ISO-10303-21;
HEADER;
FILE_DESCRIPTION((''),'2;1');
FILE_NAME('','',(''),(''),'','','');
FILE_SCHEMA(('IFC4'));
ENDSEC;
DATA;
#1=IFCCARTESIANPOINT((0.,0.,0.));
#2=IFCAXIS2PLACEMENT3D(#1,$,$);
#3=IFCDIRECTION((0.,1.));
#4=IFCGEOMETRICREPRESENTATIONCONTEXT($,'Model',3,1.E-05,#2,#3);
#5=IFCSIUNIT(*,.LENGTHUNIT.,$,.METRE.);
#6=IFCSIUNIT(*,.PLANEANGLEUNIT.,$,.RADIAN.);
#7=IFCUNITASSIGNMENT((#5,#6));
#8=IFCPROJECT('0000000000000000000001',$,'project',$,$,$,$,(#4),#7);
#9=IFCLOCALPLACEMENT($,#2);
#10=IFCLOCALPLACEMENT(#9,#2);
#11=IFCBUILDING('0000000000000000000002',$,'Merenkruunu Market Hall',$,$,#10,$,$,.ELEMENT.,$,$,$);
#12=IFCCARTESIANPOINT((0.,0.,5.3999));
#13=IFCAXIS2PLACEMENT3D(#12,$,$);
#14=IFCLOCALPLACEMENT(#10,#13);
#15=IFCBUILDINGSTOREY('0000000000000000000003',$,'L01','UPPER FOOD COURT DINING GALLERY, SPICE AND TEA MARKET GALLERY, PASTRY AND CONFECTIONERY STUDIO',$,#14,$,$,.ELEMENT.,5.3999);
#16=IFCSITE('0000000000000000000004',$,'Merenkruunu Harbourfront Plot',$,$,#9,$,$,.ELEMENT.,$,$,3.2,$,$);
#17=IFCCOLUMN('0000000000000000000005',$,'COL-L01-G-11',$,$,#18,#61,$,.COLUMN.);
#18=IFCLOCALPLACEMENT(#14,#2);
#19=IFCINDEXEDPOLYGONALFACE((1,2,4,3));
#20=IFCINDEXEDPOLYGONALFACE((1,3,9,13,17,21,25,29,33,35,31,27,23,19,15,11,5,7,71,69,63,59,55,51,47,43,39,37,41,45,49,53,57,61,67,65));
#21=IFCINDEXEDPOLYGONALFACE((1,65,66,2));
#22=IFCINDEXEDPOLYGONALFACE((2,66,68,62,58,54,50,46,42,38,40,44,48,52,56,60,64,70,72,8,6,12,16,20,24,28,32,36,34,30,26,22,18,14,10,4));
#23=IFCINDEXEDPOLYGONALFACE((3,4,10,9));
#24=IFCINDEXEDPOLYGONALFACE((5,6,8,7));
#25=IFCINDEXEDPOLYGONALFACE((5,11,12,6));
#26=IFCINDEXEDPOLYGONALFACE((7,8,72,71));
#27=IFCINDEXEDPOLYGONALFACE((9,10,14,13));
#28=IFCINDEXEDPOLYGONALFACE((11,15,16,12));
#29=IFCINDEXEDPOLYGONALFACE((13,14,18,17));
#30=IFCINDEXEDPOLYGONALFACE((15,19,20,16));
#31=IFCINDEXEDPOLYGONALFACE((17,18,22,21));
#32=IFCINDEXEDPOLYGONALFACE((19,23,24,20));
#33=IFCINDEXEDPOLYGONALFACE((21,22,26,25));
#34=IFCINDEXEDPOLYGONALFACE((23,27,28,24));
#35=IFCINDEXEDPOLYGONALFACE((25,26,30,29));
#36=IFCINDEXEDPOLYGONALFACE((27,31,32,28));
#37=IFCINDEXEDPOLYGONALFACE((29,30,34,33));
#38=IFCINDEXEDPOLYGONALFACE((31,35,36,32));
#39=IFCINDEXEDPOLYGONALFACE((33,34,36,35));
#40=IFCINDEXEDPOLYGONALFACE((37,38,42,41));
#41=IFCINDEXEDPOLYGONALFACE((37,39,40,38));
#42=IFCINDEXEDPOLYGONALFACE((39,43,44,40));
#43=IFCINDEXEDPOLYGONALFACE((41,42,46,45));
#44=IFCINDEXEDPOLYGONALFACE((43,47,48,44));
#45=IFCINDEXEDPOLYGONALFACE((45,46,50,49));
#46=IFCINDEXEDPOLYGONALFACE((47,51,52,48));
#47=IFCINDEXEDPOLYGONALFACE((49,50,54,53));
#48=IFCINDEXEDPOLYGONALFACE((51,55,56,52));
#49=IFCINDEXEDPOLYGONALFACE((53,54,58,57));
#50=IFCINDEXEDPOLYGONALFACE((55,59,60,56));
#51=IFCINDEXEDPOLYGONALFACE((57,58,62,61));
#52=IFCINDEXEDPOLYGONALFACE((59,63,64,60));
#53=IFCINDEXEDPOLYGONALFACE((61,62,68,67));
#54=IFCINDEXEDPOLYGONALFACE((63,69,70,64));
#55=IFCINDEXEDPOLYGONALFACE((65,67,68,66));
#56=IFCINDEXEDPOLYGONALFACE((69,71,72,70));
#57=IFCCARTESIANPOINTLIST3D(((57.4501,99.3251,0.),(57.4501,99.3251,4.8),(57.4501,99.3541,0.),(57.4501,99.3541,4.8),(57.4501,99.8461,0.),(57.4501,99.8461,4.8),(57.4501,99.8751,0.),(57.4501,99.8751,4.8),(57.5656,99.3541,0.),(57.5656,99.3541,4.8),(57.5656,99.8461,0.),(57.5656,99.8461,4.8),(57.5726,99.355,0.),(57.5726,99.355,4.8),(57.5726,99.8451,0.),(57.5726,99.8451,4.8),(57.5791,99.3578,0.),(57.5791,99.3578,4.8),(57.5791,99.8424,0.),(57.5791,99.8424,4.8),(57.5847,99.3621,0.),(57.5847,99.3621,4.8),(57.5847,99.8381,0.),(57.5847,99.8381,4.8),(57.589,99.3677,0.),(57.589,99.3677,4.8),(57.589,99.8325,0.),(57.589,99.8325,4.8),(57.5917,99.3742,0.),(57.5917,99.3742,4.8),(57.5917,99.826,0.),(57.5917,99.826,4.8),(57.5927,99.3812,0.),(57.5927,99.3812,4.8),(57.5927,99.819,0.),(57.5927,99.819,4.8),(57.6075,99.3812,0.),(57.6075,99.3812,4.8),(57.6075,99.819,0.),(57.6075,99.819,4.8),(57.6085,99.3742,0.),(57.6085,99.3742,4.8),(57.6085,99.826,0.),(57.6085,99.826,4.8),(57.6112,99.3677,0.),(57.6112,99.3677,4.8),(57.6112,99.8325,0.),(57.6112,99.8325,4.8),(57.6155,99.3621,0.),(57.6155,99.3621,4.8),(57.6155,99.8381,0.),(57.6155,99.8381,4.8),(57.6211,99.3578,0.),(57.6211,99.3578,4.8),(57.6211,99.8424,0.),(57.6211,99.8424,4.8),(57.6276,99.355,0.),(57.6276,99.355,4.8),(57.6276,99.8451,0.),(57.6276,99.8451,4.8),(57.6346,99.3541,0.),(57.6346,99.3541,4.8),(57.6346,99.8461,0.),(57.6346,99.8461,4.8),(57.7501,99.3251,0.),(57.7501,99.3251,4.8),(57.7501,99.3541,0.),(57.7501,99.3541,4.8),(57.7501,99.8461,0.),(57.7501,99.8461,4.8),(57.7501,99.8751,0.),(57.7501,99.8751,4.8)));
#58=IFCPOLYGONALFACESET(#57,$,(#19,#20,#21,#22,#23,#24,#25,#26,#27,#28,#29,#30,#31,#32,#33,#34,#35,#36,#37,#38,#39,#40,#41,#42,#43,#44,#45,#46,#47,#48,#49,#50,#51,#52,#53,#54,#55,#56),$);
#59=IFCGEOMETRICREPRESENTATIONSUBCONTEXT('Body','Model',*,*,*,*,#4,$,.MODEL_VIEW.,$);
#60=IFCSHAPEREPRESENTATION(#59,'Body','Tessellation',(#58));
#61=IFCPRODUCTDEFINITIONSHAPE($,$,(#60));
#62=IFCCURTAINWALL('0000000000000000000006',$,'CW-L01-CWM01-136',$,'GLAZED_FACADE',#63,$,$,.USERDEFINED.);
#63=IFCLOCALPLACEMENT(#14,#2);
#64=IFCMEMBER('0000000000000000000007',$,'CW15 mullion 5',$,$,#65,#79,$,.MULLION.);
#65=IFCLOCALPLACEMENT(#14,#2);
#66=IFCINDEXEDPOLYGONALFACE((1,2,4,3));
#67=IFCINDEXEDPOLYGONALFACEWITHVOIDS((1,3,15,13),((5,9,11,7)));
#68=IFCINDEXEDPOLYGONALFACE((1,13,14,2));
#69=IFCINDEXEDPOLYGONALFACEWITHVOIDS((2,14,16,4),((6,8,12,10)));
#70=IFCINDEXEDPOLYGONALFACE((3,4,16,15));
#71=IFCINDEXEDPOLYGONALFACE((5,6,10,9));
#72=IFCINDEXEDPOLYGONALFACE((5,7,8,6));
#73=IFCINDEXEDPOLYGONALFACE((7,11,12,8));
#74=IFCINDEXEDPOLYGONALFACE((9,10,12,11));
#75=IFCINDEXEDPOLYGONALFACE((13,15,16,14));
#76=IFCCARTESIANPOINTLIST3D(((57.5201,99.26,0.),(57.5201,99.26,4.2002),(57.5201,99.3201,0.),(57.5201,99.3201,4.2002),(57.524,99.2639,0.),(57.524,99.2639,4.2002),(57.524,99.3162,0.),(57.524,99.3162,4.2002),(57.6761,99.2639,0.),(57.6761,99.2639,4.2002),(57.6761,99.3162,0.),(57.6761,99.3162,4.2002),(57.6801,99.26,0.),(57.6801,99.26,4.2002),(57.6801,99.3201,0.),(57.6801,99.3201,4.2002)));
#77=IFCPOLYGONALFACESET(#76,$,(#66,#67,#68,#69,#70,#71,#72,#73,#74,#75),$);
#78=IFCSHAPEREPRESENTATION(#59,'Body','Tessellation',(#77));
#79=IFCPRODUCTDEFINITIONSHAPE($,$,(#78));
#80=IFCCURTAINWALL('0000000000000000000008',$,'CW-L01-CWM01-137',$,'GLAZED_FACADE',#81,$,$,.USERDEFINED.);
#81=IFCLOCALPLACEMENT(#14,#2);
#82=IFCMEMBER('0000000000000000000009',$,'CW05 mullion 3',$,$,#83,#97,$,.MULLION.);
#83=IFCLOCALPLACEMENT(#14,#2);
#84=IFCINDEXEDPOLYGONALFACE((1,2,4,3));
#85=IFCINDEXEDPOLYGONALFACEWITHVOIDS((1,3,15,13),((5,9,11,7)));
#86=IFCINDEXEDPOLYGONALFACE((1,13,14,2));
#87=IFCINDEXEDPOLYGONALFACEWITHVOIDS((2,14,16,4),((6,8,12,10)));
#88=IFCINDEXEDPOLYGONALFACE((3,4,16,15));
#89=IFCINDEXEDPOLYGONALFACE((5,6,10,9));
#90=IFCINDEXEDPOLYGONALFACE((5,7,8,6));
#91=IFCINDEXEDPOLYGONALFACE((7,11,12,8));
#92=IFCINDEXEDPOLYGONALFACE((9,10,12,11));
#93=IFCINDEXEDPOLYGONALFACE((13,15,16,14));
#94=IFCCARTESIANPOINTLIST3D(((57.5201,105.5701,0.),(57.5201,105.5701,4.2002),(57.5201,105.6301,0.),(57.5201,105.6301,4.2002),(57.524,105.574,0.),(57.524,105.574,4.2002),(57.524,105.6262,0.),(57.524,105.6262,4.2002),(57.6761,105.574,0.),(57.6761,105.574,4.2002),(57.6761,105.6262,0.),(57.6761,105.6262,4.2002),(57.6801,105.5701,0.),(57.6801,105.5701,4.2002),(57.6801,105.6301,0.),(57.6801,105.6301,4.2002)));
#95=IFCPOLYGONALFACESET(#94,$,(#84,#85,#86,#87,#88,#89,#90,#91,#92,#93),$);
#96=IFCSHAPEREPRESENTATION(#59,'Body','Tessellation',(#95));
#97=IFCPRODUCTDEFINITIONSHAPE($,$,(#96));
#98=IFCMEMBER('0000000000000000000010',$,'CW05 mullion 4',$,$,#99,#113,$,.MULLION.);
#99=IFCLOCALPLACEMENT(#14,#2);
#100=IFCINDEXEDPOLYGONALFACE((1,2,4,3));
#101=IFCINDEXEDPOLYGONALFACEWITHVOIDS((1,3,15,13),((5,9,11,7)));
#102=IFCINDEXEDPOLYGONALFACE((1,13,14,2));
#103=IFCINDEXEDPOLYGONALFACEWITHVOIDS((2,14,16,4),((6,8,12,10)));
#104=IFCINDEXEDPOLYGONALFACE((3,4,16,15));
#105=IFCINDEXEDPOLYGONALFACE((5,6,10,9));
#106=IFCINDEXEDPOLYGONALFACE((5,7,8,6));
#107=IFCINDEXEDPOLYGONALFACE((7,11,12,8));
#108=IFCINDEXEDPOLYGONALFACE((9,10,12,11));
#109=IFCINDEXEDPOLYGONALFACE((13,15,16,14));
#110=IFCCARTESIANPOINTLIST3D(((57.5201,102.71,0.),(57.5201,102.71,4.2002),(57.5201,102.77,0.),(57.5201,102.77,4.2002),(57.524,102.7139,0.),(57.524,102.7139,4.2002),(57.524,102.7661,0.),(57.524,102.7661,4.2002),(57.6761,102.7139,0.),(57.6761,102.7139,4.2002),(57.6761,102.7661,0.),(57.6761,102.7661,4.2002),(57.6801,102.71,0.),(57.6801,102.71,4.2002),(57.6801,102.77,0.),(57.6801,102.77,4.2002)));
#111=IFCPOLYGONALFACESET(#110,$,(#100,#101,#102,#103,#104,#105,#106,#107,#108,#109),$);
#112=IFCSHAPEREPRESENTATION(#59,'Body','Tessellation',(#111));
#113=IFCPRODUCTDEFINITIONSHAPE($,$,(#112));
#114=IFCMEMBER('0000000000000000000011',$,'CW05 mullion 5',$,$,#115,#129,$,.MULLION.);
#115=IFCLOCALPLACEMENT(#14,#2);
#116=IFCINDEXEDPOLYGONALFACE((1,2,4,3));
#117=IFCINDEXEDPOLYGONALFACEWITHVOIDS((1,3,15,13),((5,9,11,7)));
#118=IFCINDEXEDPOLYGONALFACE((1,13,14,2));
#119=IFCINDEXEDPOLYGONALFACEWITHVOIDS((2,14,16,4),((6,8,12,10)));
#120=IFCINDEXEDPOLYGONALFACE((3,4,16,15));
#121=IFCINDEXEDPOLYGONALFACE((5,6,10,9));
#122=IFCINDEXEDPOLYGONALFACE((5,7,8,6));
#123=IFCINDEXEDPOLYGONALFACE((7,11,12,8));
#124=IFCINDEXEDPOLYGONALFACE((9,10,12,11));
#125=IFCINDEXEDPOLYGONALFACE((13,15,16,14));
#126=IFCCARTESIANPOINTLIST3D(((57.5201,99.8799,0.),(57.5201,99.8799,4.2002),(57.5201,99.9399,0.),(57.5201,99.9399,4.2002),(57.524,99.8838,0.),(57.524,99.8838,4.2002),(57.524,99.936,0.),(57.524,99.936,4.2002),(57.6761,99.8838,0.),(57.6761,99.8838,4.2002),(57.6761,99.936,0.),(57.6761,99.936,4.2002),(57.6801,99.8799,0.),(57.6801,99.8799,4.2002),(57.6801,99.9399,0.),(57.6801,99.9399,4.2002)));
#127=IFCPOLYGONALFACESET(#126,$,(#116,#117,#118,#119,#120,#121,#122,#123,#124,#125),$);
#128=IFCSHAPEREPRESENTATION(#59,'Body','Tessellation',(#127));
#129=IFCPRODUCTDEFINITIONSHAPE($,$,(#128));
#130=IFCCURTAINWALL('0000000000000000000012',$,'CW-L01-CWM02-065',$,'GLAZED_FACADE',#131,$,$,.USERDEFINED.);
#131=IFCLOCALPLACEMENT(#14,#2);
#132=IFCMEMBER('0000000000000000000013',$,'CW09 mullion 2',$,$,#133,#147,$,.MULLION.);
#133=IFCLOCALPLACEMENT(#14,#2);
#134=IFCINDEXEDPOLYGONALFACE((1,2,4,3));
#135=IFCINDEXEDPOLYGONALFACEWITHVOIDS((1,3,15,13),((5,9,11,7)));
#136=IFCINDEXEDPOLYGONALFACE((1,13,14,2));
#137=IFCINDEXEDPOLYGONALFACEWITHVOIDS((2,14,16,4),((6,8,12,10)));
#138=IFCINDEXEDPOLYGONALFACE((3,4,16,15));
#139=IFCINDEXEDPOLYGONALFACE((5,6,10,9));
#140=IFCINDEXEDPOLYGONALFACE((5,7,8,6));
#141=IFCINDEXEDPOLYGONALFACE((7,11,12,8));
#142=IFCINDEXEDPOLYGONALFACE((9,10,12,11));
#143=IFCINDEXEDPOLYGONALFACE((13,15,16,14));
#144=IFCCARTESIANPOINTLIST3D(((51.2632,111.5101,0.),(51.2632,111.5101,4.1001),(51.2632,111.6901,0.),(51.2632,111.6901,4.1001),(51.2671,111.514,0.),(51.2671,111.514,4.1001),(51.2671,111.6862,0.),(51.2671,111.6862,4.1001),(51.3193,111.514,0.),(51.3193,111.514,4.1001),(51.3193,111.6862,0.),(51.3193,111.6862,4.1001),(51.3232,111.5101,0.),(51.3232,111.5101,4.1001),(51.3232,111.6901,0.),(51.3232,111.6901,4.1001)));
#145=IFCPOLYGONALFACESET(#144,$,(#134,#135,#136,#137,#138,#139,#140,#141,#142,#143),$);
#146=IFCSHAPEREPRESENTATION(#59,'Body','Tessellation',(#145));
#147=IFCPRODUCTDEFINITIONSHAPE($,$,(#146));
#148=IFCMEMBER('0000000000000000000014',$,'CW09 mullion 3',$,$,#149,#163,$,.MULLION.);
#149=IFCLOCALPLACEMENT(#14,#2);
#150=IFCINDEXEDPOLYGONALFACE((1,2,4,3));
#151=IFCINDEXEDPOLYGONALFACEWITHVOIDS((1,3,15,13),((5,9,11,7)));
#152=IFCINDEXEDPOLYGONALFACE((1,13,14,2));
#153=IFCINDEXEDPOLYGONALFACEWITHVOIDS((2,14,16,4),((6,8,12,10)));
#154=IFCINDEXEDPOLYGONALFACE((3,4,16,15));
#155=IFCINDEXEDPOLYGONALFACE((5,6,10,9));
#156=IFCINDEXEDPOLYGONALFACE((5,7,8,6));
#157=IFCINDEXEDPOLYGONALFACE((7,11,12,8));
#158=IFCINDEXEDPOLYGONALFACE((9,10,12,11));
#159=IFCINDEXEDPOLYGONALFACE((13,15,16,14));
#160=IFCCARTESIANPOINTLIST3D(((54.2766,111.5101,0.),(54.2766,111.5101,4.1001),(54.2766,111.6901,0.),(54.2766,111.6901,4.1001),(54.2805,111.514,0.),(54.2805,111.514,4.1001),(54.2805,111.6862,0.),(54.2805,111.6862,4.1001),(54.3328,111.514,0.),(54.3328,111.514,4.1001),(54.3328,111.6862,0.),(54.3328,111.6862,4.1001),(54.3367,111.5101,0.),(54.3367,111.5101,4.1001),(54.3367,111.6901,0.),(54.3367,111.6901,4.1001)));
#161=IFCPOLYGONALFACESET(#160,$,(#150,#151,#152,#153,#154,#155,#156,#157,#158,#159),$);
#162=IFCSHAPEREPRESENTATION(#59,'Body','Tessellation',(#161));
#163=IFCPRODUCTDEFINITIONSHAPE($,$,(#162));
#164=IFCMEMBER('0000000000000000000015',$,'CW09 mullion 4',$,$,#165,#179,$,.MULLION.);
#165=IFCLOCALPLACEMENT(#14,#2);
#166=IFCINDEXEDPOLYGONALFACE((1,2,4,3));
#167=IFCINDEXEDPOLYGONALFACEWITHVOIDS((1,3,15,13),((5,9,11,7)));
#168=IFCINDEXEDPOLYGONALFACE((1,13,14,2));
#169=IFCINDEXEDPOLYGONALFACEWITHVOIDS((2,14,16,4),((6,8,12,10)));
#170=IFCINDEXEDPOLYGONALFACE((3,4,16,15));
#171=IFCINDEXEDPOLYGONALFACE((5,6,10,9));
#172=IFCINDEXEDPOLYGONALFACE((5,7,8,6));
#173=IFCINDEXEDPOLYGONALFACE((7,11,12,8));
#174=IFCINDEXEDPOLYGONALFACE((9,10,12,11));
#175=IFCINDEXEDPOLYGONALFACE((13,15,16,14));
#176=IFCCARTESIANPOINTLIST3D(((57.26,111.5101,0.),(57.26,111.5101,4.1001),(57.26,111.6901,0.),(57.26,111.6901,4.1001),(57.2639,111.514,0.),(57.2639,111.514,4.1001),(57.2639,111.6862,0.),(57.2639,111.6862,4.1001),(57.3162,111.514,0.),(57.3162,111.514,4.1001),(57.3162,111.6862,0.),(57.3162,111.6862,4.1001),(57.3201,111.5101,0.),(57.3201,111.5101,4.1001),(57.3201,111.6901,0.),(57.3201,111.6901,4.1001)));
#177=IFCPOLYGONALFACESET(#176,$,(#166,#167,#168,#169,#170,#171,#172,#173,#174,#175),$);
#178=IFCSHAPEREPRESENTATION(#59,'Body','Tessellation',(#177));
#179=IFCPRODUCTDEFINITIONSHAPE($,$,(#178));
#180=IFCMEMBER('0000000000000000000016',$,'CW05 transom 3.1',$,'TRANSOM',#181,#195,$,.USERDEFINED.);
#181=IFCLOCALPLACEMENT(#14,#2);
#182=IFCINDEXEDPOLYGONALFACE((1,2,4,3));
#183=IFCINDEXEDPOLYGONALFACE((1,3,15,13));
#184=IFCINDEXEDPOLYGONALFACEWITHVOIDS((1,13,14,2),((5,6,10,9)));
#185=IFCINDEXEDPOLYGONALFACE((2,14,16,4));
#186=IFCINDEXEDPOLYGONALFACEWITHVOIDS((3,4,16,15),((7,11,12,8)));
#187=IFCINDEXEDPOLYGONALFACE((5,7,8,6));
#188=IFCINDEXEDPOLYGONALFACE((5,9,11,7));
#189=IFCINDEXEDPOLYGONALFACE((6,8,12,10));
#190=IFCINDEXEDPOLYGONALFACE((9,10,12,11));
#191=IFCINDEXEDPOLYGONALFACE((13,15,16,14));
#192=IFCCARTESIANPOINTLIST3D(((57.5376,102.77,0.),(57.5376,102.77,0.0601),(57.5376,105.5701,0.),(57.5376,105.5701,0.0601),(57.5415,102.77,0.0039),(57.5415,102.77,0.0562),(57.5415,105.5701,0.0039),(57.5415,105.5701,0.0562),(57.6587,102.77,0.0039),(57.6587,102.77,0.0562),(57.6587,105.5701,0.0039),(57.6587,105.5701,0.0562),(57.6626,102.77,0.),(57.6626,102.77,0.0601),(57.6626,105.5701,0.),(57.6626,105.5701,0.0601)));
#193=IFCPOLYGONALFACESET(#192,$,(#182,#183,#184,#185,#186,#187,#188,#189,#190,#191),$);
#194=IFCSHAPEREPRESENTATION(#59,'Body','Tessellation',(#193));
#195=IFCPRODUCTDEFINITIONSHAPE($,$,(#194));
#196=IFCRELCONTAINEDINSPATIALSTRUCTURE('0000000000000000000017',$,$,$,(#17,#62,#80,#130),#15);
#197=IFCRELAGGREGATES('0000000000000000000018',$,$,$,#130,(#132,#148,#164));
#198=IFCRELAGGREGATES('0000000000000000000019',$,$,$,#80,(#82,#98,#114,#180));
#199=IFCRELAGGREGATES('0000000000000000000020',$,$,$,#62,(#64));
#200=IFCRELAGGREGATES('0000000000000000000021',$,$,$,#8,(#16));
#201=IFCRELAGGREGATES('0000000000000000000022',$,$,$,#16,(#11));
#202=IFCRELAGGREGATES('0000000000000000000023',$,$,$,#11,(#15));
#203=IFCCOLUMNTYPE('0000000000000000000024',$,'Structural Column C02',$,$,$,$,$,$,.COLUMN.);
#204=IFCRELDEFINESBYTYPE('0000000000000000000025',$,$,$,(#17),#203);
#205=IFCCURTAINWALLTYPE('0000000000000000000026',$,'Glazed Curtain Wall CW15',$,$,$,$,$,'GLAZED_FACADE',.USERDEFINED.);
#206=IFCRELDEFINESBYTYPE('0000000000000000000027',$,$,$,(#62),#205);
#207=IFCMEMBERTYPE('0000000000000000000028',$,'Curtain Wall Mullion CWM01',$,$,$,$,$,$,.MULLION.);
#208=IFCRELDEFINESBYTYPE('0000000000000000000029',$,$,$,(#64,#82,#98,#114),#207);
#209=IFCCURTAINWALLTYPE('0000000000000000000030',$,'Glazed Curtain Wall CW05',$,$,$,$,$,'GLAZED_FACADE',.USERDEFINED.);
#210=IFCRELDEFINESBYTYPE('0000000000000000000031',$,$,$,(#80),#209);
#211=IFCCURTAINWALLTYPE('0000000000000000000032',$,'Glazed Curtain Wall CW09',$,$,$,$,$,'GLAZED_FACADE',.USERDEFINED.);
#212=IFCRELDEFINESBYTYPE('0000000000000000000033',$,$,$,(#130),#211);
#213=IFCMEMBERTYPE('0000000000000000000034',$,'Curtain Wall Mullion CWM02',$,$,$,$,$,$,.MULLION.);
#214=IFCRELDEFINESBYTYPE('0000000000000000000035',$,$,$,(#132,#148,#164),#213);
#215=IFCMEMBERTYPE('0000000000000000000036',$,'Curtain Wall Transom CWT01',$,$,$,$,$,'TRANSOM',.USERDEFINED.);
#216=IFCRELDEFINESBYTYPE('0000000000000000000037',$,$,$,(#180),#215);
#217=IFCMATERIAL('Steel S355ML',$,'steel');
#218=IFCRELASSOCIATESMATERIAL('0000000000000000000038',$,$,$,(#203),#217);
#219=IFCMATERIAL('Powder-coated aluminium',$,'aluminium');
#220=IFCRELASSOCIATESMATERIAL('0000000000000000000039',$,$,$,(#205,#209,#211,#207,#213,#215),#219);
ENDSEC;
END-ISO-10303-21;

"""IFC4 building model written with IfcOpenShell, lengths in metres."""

from ifc_helpers import new_model, si_unit, direction, frame, origin, origin_2d, place, context, subcontext, project, spatial, hollow_rectangle, i_section, extrude, material, material_profile, profile_set, type_object, element, aggregate, save


model = new_model("IFC4")

# Units and contexts
model_context = context("Model", 3, precision=1e-05, world=origin(), true_north=direction((0.0, 1.0)))
body_context = subcontext(model_context, "Body", "Model", "MODEL_VIEW")
ifc_project = project(units=[si_unit("LENGTHUNIT", "METRE"), si_unit("PLANEANGLEUNIT", "RADIAN")], contexts=[model_context])

# Site, building, storey
site_placement = place(None, origin())
site = spatial("IfcSite", under=ifc_project, at=site_placement, Name="Merenkruunu Harbourfront Plot", CompositionType="ELEMENT", RefElevation=3.2)
building_placement = place(site_placement, origin())
building = spatial("IfcBuilding", under=site, at=building_placement, Name="Merenkruunu Market Hall", CompositionType="ELEMENT")
storey_placement = place(building_placement, frame((0.0, 0.0, 5.3999)))
storey = spatial("IfcBuildingStorey", under=building, at=storey_placement, Name="L01", Description="UPPER FOOD COURT DINING GALLERY, SPICE AND TEA MARKET GALLERY, PASTRY AND CONFECTIONERY STUDIO", CompositionType="ELEMENT", Elevation=5.3999)

# Column
ifc_material_1 = material(Name="Steel S355ML", Category="steel")
ifc_material_profile_1 = material_profile(ifc_material_1, i_section(OverallWidth=0.3, OverallDepth=0.55, WebThickness=0.0149, FlangeThickness=0.0291, FilletRadius=0.0271, at=origin_2d()), Name="HEB 550")
ifc_profile_set_1 = profile_set([ifc_material_profile_1], Name="Steel S355ML")
column_type = type_object("IfcColumnType", Name="Structural Column C02", PredefinedType="COLUMN", material=ifc_profile_set_1)
column_placement = place(storey_placement, frame((57.6001, 99.6001, 0.0), z_axis=(0.0, 0.0, 1.0), x_axis=(1.0, 0.0, 0.0)))
element("IfcColumn", 1, at=column_placement, inside=storey, type_object=column_type, Name="COL-L01-G-11", PredefinedType="COLUMN", context=body_context, shape_type="SweptSolid", body=[
    extrude(i_section(OverallWidth=0.3, OverallDepth=0.55, WebThickness=0.0149, FlangeThickness=0.0291, FilletRadius=0.0271, at=origin_2d()), origin(), (0.0, 0.0, 1.0), 4.8),
])

# Curtain wall, member
ifc_material_2 = material(Name="Powder-coated aluminium", Category="aluminium")
curtain_wall_type_1 = type_object("IfcCurtainWallType", Name="Glazed Curtain Wall CW15", ElementType="GLAZED_FACADE", PredefinedType="USERDEFINED", material=ifc_material_2)
curtain_wall_1_placement = place(storey_placement, origin())
curtain_wall_1 = element("IfcCurtainWall", 2, at=curtain_wall_1_placement, inside=storey, type_object=curtain_wall_type_1, Name="CW-L01-CWM01-136", ObjectType="GLAZED_FACADE", PredefinedType="USERDEFINED")
ifc_material_profile_2 = material_profile(ifc_material_2, hollow_rectangle(XDim=0.0601, YDim=0.1599, WallThickness=0.0039, at=origin_2d()), Name="ALU 60x160x4")
ifc_profile_set_2 = profile_set([ifc_material_profile_2], Name="Powder-coated aluminium")
member_type_1 = type_object("IfcMemberType", Name="Curtain Wall Mullion CWM01", PredefinedType="MULLION", material=ifc_profile_set_2)
member_1_placement = place(storey_placement, frame((57.6001, 99.29, 0.0), z_axis=(0.0, 0.0, 1.0), x_axis=(0.0, 1.0, 0.0)))
member_1 = element("IfcMember", 3, at=member_1_placement, type_object=member_type_1, Name="CW15 mullion 5", PredefinedType="MULLION", context=body_context, shape_type="SweptSolid", body=[
    extrude(hollow_rectangle(XDim=0.0601, YDim=0.1599, WallThickness=0.0039, at=origin_2d()), origin(), (0.0, 0.0, 1.0), 4.2002),
])

# Curtain walls, members
curtain_wall_type_2 = type_object("IfcCurtainWallType", Name="Glazed Curtain Wall CW05", ElementType="GLAZED_FACADE", PredefinedType="USERDEFINED", material=ifc_material_2)
curtain_wall_2_placement = place(storey_placement, origin())
curtain_wall_2 = element("IfcCurtainWall", 4, at=curtain_wall_2_placement, inside=storey, type_object=curtain_wall_type_2, Name="CW-L01-CWM01-137", ObjectType="GLAZED_FACADE", PredefinedType="USERDEFINED")
member_2_placement = place(storey_placement, frame((57.6001, 105.6001, 0.0), z_axis=(0.0, 0.0, 1.0), x_axis=(0.0, -1.0, 0.0)))
member_2 = element("IfcMember", 5, at=member_2_placement, type_object=member_type_1, Name="CW05 mullion 3", PredefinedType="MULLION", context=body_context, shape_type="SweptSolid", body=[
    extrude(hollow_rectangle(XDim=0.0601, YDim=0.1599, WallThickness=0.0039, at=origin_2d()), origin(), (0.0, 0.0, 1.0), 4.2002),
])
member_3_placement = place(storey_placement, frame((57.6001, 102.74, 0.0), z_axis=(0.0, 0.0, 1.0), x_axis=(0.0, -1.0, 0.0)))
member_3 = element("IfcMember", 6, at=member_3_placement, type_object=member_type_1, Name="CW05 mullion 4", PredefinedType="MULLION", context=body_context, shape_type="SweptSolid", body=[
    extrude(hollow_rectangle(XDim=0.0601, YDim=0.1599, WallThickness=0.0039, at=origin_2d()), origin(), (0.0, 0.0, 1.0), 4.2002),
])
member_4_placement = place(storey_placement, frame((57.6001, 99.9099, 0.0), z_axis=(0.0, 0.0, 1.0), x_axis=(0.0, -1.0, 0.0)))
member_4 = element("IfcMember", 7, at=member_4_placement, type_object=member_type_1, Name="CW05 mullion 5", PredefinedType="MULLION", context=body_context, shape_type="SweptSolid", body=[
    extrude(hollow_rectangle(XDim=0.0601, YDim=0.1599, WallThickness=0.0039, at=origin_2d()), origin(), (0.0, 0.0, 1.0), 4.2002),
])
curtain_wall_type_3 = type_object("IfcCurtainWallType", Name="Glazed Curtain Wall CW09", ElementType="GLAZED_FACADE", PredefinedType="USERDEFINED", material=ifc_material_2)
curtain_wall_3_placement = place(storey_placement, origin())
curtain_wall_3 = element("IfcCurtainWall", 8, at=curtain_wall_3_placement, inside=storey, type_object=curtain_wall_type_3, Name="CW-L01-CWM02-065", ObjectType="GLAZED_FACADE", PredefinedType="USERDEFINED")
ifc_material_profile_3 = material_profile(ifc_material_2, hollow_rectangle(XDim=0.0601, YDim=0.1799, WallThickness=0.0039, at=origin_2d()), Name="ALU 60x180x4")
ifc_profile_set_3 = profile_set([ifc_material_profile_3], Name="Powder-coated aluminium")
member_type_2 = type_object("IfcMemberType", Name="Curtain Wall Mullion CWM02", PredefinedType="MULLION", material=ifc_profile_set_3)
member_5_placement = place(storey_placement, frame((51.2932, 111.6001, 0.0), z_axis=(0.0, 0.0, 1.0), x_axis=(1.0, 0.0, 0.0)))
member_5 = element("IfcMember", 9, at=member_5_placement, type_object=member_type_2, Name="CW09 mullion 2", PredefinedType="MULLION", context=body_context, shape_type="SweptSolid", body=[
    extrude(hollow_rectangle(XDim=0.0601, YDim=0.1799, WallThickness=0.0039, at=origin_2d()), origin(), (0.0, 0.0, 1.0), 4.1001),
])
member_6_placement = place(storey_placement, frame((54.3066, 111.6001, 0.0), z_axis=(0.0, 0.0, 1.0), x_axis=(1.0, 0.0, 0.0)))
member_6 = element("IfcMember", 10, at=member_6_placement, type_object=member_type_2, Name="CW09 mullion 3", PredefinedType="MULLION", context=body_context, shape_type="SweptSolid", body=[
    extrude(hollow_rectangle(XDim=0.0601, YDim=0.1799, WallThickness=0.0039, at=origin_2d()), origin(), (0.0, 0.0, 1.0), 4.1001),
])
member_7_placement = place(storey_placement, frame((57.29, 111.6001, 0.0), z_axis=(0.0, 0.0, 1.0), x_axis=(1.0, 0.0, 0.0)))
member_7 = element("IfcMember", 11, at=member_7_placement, type_object=member_type_2, Name="CW09 mullion 4", PredefinedType="MULLION", context=body_context, shape_type="SweptSolid", body=[
    extrude(hollow_rectangle(XDim=0.0601, YDim=0.1799, WallThickness=0.0039, at=origin_2d()), origin(), (0.0, 0.0, 1.0), 4.1001),
])

# Member
ifc_material_profile_4 = material_profile(ifc_material_2, hollow_rectangle(XDim=0.0601, YDim=0.125, WallThickness=0.0039, at=origin_2d()), Name="ALU 60x125x4")
ifc_profile_set_4 = profile_set([ifc_material_profile_4], Name="Powder-coated aluminium")
member_type_3 = type_object("IfcMemberType", Name="Curtain Wall Transom CWT01", ElementType="TRANSOM", PredefinedType="USERDEFINED", material=ifc_profile_set_4)
member_8_placement = place(storey_placement, frame((57.6001, 105.5701, 0.03), z_axis=(0.0, -1.0, 0.0), x_axis=(0.0, 0.0, 1.0)))
member_8 = element("IfcMember", 12, at=member_8_placement, type_object=member_type_3, Name="CW05 transom 3.1", ObjectType="TRANSOM", PredefinedType="USERDEFINED", context=body_context, shape_type="SweptSolid", body=[
    extrude(hollow_rectangle(XDim=0.0601, YDim=0.125, WallThickness=0.0039, at=origin_2d()), origin(), (0.0, 0.0, 1.0), 2.8),
])

aggregate(curtain_wall_3, [member_5, member_6, member_7])
aggregate(curtain_wall_2, [member_2, member_3, member_4, member_8])
aggregate(curtain_wall_1, [member_1])

save(model, "model.ifc")
